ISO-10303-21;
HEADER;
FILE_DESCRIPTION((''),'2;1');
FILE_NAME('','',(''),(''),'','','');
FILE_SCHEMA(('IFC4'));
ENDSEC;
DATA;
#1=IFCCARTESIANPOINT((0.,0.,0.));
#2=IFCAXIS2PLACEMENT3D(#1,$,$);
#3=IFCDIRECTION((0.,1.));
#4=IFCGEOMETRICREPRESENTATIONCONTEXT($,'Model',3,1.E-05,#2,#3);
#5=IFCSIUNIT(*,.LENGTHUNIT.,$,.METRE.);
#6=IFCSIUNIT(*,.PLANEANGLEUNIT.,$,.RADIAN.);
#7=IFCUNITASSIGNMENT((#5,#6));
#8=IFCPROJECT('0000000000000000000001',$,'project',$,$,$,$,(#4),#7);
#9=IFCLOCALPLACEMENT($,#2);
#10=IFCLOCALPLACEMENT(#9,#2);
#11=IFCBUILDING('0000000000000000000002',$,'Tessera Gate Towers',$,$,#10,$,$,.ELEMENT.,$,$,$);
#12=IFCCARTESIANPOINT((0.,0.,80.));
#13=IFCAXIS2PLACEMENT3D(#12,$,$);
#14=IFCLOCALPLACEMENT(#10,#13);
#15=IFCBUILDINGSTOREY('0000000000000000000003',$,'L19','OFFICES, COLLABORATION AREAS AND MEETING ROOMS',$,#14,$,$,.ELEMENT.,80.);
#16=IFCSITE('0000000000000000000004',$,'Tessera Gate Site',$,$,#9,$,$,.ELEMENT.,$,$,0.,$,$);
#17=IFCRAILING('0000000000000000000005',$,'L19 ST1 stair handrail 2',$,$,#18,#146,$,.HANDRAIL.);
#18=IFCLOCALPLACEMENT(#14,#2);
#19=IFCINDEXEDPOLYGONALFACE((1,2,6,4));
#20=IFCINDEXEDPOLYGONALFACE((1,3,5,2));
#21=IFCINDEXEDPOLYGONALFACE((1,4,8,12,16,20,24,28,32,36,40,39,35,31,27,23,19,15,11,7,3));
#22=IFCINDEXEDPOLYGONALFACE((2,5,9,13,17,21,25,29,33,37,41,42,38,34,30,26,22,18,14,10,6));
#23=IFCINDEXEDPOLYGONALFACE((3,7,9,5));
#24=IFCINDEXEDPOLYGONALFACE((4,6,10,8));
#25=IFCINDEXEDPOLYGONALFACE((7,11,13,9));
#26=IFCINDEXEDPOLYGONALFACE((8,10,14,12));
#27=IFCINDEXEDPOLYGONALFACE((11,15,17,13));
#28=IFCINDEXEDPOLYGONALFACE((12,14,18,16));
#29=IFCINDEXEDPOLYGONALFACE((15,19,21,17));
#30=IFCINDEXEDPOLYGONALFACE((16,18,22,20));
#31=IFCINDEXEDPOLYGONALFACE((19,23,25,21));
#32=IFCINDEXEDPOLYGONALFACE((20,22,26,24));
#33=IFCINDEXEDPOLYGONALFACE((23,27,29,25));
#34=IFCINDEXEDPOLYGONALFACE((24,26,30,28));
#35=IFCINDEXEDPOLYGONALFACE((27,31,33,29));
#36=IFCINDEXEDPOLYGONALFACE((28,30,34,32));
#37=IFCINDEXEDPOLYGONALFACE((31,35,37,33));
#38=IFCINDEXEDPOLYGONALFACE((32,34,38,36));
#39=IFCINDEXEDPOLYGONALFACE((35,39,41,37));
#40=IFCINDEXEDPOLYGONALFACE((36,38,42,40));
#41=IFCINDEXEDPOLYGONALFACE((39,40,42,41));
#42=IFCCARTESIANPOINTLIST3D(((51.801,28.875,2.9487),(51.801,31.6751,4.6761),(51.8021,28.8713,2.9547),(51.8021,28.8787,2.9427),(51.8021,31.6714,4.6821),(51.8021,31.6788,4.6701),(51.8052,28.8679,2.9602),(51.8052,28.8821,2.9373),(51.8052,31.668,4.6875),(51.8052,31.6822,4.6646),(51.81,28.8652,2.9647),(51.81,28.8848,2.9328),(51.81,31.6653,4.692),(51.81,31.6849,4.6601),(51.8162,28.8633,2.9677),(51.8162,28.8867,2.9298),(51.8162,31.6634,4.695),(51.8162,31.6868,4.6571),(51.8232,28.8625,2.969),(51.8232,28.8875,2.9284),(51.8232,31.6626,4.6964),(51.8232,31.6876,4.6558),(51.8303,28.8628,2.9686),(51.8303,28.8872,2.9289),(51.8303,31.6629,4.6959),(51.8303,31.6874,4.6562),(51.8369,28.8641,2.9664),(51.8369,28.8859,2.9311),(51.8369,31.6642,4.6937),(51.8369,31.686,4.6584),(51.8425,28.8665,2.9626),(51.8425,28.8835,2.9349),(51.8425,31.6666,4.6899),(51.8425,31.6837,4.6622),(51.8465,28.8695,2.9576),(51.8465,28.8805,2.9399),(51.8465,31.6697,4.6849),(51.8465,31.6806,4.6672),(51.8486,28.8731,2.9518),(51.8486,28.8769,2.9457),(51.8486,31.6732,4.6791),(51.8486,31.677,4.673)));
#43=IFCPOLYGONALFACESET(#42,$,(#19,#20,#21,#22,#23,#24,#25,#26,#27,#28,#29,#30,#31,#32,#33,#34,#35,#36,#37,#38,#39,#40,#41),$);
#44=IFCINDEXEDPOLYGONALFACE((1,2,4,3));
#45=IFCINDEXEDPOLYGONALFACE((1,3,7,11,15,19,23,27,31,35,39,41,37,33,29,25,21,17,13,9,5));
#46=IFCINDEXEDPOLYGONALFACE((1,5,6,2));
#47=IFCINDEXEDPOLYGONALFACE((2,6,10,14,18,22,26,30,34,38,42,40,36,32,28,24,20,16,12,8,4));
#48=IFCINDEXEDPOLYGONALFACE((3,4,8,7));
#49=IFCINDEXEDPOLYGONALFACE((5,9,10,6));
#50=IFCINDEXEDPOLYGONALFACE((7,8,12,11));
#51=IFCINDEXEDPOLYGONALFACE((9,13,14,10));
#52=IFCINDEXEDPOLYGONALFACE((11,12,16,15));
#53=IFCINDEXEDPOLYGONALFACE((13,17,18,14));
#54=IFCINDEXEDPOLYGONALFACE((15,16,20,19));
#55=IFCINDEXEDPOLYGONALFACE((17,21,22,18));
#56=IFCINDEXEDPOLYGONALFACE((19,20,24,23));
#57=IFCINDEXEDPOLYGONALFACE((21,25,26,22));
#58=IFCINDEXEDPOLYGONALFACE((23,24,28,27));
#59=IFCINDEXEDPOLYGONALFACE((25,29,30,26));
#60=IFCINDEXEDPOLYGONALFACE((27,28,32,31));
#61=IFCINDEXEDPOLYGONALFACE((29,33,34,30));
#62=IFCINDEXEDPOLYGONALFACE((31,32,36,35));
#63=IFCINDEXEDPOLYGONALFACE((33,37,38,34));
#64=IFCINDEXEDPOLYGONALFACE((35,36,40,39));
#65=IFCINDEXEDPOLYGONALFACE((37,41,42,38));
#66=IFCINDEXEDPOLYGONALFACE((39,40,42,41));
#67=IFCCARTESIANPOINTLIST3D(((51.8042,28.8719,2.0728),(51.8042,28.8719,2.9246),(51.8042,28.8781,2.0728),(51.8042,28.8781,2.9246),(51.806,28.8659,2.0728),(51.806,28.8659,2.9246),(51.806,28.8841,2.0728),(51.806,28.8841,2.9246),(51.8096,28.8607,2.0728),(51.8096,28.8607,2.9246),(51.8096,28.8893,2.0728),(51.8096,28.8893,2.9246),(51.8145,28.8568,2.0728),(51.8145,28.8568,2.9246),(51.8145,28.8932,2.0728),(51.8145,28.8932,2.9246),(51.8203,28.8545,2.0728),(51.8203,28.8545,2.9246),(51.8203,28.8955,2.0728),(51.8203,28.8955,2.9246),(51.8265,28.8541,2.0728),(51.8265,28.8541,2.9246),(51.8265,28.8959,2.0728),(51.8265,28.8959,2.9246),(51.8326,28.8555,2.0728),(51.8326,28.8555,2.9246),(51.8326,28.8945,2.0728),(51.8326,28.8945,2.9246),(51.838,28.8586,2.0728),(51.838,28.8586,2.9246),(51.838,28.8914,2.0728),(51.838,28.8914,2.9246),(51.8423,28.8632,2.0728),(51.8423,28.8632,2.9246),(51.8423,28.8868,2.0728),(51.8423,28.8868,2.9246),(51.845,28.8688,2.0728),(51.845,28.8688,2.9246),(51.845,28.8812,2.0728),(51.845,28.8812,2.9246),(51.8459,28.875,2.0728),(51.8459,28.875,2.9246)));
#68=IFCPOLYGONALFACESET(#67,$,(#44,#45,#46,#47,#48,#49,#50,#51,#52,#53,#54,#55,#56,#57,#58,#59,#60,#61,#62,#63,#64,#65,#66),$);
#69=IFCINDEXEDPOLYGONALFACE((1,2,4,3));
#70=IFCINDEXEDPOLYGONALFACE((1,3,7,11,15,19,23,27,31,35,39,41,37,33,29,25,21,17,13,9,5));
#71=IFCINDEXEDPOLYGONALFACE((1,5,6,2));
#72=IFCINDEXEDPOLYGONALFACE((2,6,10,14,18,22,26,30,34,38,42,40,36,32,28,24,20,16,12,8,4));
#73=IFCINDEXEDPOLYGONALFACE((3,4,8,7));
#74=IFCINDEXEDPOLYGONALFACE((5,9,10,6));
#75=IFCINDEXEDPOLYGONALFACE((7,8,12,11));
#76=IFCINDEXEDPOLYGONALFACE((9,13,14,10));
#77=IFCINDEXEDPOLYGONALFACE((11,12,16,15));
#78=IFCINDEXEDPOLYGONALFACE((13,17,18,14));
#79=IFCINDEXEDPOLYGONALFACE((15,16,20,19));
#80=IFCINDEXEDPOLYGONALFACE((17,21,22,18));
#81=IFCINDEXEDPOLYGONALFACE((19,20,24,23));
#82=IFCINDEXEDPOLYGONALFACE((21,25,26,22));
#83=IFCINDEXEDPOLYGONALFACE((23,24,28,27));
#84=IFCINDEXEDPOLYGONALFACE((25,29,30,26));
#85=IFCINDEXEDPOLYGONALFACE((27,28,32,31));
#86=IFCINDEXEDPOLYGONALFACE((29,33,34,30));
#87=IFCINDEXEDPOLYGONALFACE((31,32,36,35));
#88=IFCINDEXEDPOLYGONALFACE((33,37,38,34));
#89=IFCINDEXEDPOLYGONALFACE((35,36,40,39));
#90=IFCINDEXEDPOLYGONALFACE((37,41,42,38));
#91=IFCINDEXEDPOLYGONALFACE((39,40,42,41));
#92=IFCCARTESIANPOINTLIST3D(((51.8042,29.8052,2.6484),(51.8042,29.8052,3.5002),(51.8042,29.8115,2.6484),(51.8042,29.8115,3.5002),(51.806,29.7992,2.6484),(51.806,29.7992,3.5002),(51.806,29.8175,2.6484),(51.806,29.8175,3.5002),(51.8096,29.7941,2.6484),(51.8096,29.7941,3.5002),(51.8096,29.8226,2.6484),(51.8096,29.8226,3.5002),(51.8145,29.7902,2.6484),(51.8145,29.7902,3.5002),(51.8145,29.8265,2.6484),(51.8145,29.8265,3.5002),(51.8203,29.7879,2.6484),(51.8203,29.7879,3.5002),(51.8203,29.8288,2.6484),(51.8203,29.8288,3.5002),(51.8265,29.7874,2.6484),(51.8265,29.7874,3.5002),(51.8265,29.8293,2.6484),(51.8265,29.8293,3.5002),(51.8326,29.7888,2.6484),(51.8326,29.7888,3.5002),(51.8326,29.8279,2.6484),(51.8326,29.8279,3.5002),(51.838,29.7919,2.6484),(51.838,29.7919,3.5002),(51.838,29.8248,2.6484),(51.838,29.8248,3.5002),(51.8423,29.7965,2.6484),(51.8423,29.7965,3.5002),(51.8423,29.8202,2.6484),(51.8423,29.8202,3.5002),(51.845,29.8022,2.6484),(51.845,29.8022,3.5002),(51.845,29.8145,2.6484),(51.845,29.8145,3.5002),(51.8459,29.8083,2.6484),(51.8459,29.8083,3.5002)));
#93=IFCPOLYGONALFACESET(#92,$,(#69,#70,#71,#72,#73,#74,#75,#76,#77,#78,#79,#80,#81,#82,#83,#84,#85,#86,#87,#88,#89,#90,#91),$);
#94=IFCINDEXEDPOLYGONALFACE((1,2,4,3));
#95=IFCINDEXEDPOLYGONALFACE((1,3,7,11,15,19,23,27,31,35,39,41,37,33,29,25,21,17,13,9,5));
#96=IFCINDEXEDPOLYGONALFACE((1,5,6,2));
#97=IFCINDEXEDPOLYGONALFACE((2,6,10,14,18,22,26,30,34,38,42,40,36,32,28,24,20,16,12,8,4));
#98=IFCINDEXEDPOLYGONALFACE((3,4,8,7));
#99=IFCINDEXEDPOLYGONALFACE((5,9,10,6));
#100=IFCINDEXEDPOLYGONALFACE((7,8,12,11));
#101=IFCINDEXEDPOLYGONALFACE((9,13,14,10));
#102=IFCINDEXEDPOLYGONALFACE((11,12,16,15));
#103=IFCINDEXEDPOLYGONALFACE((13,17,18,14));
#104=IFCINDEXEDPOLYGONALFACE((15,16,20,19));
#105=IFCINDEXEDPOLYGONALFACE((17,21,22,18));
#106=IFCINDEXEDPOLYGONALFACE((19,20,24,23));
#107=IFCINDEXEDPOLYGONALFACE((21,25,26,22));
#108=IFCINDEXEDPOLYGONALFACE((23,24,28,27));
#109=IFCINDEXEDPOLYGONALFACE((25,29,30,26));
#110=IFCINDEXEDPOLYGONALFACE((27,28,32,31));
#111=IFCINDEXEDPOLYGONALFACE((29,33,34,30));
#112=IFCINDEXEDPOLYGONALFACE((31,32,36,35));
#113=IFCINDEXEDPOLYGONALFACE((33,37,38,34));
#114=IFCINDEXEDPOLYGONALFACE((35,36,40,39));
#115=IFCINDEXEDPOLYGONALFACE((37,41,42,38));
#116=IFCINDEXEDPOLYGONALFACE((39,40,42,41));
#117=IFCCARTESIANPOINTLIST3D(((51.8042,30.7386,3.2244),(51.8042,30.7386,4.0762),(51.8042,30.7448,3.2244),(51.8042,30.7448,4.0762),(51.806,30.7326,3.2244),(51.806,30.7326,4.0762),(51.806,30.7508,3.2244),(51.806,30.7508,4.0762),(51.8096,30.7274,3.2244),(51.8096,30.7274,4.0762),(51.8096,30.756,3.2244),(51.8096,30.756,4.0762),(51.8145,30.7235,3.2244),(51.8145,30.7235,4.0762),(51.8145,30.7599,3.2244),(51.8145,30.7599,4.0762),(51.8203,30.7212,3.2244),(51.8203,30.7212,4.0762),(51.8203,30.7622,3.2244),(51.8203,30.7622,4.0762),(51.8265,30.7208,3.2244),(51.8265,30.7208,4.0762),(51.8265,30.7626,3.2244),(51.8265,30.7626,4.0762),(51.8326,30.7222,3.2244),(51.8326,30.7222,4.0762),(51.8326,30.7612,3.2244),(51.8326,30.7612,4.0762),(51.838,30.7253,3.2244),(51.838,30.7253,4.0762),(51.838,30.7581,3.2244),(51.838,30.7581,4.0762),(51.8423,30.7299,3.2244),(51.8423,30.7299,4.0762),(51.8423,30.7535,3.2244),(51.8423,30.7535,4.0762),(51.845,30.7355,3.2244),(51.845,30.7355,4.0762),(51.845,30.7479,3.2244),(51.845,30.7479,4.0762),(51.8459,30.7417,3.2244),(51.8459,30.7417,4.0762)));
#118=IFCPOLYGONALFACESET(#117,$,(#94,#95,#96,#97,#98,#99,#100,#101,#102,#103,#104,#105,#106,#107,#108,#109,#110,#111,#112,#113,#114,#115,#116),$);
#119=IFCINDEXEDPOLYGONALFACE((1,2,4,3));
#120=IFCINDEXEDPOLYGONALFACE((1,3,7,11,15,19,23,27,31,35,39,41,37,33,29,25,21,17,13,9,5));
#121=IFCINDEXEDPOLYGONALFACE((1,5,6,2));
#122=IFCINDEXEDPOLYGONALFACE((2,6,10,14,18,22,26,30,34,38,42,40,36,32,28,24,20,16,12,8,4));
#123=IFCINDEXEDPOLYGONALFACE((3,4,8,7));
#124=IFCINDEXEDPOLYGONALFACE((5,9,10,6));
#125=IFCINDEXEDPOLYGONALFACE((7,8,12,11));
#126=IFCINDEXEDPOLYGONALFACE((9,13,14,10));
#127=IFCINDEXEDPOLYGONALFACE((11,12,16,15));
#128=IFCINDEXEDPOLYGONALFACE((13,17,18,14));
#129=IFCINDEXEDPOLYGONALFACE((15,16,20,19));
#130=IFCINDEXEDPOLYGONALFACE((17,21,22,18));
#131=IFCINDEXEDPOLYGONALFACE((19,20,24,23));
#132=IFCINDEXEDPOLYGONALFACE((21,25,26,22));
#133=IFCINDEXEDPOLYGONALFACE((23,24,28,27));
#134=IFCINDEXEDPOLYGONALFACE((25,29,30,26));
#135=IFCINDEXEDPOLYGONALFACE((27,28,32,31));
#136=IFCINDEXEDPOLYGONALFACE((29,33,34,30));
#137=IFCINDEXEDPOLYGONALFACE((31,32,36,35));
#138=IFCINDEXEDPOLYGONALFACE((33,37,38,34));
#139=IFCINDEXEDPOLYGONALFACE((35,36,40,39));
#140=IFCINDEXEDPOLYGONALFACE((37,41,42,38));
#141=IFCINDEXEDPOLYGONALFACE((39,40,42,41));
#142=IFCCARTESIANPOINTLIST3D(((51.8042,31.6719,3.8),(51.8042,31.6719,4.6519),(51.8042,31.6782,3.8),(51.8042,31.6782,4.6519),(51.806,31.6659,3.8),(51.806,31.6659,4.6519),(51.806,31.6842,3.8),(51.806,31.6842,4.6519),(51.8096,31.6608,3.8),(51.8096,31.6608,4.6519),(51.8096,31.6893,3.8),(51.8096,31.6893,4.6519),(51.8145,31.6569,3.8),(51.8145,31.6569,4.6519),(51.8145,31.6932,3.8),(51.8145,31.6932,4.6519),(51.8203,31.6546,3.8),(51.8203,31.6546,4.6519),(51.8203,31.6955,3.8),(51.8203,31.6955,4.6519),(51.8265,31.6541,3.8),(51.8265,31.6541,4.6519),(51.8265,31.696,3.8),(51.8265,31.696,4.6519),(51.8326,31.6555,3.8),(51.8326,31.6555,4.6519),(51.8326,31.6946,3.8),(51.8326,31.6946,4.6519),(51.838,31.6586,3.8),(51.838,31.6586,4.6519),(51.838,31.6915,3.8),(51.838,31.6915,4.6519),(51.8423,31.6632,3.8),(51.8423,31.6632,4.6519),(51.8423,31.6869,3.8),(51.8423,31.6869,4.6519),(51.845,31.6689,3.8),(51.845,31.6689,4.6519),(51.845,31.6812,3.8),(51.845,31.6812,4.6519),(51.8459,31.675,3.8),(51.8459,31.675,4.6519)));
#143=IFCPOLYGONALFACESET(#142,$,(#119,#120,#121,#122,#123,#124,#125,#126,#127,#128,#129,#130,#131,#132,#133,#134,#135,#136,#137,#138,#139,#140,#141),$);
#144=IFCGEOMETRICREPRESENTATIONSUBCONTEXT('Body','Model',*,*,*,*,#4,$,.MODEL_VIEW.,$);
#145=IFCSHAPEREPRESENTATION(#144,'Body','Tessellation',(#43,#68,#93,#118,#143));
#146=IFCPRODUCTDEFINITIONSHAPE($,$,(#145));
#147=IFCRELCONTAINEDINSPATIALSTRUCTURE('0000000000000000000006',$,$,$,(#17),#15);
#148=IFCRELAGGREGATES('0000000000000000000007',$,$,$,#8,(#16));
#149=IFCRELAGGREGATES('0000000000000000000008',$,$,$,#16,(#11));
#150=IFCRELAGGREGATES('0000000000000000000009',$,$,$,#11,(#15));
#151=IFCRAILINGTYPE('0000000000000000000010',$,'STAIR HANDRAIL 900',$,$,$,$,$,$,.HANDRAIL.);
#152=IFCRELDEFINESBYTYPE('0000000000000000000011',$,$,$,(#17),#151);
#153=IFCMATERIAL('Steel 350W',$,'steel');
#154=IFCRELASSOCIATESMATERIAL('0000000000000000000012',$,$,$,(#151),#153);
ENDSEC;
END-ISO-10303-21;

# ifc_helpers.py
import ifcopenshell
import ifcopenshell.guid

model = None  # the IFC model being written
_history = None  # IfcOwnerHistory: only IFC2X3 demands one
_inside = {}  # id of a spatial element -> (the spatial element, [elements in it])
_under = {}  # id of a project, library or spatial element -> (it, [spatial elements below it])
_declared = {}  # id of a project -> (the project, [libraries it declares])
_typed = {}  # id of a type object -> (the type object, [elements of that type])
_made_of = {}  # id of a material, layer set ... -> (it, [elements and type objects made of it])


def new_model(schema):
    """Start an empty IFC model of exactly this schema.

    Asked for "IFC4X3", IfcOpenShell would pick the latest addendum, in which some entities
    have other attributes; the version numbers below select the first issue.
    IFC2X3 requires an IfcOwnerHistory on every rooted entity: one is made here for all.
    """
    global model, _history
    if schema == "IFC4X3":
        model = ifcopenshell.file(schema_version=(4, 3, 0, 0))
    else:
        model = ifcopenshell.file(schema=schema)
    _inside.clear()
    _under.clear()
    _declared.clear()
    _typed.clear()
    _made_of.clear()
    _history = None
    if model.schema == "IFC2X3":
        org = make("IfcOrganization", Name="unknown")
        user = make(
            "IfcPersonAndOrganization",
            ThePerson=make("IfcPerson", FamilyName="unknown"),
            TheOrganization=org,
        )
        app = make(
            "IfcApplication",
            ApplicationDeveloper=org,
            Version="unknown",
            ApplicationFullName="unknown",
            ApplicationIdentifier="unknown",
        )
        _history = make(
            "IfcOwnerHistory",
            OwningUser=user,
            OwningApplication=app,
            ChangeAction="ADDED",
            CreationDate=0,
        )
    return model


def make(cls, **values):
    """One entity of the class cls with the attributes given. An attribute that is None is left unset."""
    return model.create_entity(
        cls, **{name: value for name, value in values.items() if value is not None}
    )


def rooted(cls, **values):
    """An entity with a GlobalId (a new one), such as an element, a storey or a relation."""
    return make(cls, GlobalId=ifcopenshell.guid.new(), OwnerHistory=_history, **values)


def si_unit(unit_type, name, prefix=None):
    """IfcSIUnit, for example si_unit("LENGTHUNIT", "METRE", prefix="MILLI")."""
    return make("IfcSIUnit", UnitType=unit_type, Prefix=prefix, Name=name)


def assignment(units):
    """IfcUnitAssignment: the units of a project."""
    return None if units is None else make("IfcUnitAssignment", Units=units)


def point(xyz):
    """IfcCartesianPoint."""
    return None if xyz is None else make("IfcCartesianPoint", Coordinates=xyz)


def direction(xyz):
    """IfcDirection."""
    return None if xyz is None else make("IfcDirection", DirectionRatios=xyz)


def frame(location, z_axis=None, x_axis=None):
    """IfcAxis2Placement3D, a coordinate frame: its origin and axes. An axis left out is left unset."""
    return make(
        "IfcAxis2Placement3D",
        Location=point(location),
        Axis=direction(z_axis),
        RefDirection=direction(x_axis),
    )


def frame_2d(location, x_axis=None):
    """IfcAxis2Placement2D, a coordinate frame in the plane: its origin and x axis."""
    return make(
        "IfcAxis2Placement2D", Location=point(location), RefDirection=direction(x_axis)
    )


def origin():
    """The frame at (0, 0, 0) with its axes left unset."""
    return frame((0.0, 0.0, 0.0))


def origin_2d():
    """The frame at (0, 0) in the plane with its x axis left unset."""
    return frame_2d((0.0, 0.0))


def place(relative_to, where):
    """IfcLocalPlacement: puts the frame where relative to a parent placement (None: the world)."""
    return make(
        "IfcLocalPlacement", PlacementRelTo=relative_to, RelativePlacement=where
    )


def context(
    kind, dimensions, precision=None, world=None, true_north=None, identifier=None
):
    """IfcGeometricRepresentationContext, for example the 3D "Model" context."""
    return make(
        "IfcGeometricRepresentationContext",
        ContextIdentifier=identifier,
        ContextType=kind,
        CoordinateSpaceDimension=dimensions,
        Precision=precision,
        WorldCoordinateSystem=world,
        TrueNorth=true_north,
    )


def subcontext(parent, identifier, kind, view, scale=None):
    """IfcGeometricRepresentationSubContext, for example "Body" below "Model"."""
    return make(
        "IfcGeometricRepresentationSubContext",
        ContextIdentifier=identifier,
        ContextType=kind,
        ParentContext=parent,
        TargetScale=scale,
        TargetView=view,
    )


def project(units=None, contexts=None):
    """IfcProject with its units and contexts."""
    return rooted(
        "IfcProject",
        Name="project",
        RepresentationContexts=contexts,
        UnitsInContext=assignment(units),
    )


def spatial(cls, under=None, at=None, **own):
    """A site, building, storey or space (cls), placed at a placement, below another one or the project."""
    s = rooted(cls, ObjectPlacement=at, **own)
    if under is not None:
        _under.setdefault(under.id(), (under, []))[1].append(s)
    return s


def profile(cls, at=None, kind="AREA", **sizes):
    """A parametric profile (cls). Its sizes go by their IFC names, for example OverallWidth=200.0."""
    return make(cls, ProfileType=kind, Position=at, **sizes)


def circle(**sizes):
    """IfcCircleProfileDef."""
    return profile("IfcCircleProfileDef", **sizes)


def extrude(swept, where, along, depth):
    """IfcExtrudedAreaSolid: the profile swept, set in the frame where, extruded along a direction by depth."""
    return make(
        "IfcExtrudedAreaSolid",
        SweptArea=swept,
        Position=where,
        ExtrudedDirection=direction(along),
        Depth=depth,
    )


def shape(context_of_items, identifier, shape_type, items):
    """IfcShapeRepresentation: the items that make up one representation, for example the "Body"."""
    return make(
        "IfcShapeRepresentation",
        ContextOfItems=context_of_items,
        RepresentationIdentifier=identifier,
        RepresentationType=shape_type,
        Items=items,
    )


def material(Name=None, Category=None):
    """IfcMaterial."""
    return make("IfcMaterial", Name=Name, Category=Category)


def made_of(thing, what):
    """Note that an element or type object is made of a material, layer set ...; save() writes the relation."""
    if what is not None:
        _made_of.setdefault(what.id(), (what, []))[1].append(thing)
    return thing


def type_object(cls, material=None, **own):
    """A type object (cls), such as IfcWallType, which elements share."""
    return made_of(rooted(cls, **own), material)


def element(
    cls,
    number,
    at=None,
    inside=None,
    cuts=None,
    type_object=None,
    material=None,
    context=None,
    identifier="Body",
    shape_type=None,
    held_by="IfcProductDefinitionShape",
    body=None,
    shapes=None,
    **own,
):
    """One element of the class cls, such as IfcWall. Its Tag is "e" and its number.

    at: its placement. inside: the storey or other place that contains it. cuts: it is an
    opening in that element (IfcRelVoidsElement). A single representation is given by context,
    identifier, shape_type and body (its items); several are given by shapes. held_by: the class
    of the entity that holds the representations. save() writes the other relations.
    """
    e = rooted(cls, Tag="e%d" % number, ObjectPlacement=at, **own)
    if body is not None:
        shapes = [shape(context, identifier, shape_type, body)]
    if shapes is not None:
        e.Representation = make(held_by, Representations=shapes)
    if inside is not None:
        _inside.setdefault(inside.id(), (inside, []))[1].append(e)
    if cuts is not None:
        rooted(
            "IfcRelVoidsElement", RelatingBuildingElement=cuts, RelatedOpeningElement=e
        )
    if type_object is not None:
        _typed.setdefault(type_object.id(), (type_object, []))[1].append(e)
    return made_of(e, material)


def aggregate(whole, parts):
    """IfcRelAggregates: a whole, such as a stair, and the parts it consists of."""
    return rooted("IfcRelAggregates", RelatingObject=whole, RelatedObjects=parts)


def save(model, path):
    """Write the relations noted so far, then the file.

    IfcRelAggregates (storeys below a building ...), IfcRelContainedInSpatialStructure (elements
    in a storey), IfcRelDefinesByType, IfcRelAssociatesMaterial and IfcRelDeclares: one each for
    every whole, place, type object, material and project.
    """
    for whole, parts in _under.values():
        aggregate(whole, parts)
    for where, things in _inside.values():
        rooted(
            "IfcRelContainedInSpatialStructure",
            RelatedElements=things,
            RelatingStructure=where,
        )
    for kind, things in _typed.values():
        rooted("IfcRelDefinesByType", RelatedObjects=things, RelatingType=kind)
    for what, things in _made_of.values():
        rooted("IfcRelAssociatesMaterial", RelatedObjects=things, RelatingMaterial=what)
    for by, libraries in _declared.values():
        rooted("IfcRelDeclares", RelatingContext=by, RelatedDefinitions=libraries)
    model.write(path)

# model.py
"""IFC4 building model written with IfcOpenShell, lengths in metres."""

from ifc_helpers import new_model, si_unit, direction, frame, origin, origin_2d, place, context, subcontext, project, spatial, circle, extrude, material, type_object, element, save


model = new_model("IFC4")

# Units and contexts
model_context = context("Model", 3, precision=1e-05, world=origin(), true_north=direction((0.0, 1.0)))
body_context = subcontext(model_context, "Body", "Model", "MODEL_VIEW")
ifc_project = project(units=[si_unit("LENGTHUNIT", "METRE"), si_unit("PLANEANGLEUNIT", "RADIAN")], contexts=[model_context])

# Site, building, storey
site_placement = place(None, origin())
site = spatial("IfcSite", under=ifc_project, at=site_placement, Name="Tessera Gate Site", CompositionType="ELEMENT", RefElevation=0.0)
building_placement = place(site_placement, origin())
building = spatial("IfcBuilding", under=site, at=building_placement, Name="Tessera Gate Towers", CompositionType="ELEMENT")
storey_placement = place(building_placement, frame((0.0, 0.0, 80.0)))
storey = spatial("IfcBuildingStorey", under=building, at=storey_placement, Name="L19", Description="OFFICES, COLLABORATION AREAS AND MEETING ROOMS", CompositionType="ELEMENT", Elevation=80.0)

# Railing
ifc_material_1 = material(Name="Steel 350W", Category="steel")
railing_type_1 = type_object("IfcRailingType", Name="STAIR HANDRAIL 900", PredefinedType="HANDRAIL", material=ifc_material_1)
railing_1_placement = place(storey_placement, frame((51.825, 28.875, 2.0728)))
element("IfcRailing", 1, at=railing_1_placement, inside=storey, type_object=railing_type_1, Name="L19 ST1 stair handrail 2", PredefinedType="HANDRAIL", context=body_context, shape_type="SweptSolid", body=[
    extrude(circle(Radius=0.0239, at=origin_2d()), frame((0.0, 0.0, 0.876), z_axis=(0.0, 0.85109, 0.52502), x_axis=(-1.0, 0.0, 0.0)), (0.0, 0.0, 1.0), 3.29),
    extrude(circle(Radius=0.021, at=origin_2d()), origin(), (0.0, 0.0, 1.0), 0.8518),
    extrude(circle(Radius=0.021, at=origin_2d()), frame((0.0, 0.9333, 0.5757)), (0.0, 0.0, 1.0), 0.8518),
    extrude(circle(Radius=0.021, at=origin_2d()), frame((0.0, 1.8667, 1.1516)), (0.0, 0.0, 1.0), 0.8518),
    extrude(circle(Radius=0.021, at=origin_2d()), frame((0.0, 2.8, 1.7273)), (0.0, 0.0, 1.0), 0.8518),
])

save(model, "model.ifc")
